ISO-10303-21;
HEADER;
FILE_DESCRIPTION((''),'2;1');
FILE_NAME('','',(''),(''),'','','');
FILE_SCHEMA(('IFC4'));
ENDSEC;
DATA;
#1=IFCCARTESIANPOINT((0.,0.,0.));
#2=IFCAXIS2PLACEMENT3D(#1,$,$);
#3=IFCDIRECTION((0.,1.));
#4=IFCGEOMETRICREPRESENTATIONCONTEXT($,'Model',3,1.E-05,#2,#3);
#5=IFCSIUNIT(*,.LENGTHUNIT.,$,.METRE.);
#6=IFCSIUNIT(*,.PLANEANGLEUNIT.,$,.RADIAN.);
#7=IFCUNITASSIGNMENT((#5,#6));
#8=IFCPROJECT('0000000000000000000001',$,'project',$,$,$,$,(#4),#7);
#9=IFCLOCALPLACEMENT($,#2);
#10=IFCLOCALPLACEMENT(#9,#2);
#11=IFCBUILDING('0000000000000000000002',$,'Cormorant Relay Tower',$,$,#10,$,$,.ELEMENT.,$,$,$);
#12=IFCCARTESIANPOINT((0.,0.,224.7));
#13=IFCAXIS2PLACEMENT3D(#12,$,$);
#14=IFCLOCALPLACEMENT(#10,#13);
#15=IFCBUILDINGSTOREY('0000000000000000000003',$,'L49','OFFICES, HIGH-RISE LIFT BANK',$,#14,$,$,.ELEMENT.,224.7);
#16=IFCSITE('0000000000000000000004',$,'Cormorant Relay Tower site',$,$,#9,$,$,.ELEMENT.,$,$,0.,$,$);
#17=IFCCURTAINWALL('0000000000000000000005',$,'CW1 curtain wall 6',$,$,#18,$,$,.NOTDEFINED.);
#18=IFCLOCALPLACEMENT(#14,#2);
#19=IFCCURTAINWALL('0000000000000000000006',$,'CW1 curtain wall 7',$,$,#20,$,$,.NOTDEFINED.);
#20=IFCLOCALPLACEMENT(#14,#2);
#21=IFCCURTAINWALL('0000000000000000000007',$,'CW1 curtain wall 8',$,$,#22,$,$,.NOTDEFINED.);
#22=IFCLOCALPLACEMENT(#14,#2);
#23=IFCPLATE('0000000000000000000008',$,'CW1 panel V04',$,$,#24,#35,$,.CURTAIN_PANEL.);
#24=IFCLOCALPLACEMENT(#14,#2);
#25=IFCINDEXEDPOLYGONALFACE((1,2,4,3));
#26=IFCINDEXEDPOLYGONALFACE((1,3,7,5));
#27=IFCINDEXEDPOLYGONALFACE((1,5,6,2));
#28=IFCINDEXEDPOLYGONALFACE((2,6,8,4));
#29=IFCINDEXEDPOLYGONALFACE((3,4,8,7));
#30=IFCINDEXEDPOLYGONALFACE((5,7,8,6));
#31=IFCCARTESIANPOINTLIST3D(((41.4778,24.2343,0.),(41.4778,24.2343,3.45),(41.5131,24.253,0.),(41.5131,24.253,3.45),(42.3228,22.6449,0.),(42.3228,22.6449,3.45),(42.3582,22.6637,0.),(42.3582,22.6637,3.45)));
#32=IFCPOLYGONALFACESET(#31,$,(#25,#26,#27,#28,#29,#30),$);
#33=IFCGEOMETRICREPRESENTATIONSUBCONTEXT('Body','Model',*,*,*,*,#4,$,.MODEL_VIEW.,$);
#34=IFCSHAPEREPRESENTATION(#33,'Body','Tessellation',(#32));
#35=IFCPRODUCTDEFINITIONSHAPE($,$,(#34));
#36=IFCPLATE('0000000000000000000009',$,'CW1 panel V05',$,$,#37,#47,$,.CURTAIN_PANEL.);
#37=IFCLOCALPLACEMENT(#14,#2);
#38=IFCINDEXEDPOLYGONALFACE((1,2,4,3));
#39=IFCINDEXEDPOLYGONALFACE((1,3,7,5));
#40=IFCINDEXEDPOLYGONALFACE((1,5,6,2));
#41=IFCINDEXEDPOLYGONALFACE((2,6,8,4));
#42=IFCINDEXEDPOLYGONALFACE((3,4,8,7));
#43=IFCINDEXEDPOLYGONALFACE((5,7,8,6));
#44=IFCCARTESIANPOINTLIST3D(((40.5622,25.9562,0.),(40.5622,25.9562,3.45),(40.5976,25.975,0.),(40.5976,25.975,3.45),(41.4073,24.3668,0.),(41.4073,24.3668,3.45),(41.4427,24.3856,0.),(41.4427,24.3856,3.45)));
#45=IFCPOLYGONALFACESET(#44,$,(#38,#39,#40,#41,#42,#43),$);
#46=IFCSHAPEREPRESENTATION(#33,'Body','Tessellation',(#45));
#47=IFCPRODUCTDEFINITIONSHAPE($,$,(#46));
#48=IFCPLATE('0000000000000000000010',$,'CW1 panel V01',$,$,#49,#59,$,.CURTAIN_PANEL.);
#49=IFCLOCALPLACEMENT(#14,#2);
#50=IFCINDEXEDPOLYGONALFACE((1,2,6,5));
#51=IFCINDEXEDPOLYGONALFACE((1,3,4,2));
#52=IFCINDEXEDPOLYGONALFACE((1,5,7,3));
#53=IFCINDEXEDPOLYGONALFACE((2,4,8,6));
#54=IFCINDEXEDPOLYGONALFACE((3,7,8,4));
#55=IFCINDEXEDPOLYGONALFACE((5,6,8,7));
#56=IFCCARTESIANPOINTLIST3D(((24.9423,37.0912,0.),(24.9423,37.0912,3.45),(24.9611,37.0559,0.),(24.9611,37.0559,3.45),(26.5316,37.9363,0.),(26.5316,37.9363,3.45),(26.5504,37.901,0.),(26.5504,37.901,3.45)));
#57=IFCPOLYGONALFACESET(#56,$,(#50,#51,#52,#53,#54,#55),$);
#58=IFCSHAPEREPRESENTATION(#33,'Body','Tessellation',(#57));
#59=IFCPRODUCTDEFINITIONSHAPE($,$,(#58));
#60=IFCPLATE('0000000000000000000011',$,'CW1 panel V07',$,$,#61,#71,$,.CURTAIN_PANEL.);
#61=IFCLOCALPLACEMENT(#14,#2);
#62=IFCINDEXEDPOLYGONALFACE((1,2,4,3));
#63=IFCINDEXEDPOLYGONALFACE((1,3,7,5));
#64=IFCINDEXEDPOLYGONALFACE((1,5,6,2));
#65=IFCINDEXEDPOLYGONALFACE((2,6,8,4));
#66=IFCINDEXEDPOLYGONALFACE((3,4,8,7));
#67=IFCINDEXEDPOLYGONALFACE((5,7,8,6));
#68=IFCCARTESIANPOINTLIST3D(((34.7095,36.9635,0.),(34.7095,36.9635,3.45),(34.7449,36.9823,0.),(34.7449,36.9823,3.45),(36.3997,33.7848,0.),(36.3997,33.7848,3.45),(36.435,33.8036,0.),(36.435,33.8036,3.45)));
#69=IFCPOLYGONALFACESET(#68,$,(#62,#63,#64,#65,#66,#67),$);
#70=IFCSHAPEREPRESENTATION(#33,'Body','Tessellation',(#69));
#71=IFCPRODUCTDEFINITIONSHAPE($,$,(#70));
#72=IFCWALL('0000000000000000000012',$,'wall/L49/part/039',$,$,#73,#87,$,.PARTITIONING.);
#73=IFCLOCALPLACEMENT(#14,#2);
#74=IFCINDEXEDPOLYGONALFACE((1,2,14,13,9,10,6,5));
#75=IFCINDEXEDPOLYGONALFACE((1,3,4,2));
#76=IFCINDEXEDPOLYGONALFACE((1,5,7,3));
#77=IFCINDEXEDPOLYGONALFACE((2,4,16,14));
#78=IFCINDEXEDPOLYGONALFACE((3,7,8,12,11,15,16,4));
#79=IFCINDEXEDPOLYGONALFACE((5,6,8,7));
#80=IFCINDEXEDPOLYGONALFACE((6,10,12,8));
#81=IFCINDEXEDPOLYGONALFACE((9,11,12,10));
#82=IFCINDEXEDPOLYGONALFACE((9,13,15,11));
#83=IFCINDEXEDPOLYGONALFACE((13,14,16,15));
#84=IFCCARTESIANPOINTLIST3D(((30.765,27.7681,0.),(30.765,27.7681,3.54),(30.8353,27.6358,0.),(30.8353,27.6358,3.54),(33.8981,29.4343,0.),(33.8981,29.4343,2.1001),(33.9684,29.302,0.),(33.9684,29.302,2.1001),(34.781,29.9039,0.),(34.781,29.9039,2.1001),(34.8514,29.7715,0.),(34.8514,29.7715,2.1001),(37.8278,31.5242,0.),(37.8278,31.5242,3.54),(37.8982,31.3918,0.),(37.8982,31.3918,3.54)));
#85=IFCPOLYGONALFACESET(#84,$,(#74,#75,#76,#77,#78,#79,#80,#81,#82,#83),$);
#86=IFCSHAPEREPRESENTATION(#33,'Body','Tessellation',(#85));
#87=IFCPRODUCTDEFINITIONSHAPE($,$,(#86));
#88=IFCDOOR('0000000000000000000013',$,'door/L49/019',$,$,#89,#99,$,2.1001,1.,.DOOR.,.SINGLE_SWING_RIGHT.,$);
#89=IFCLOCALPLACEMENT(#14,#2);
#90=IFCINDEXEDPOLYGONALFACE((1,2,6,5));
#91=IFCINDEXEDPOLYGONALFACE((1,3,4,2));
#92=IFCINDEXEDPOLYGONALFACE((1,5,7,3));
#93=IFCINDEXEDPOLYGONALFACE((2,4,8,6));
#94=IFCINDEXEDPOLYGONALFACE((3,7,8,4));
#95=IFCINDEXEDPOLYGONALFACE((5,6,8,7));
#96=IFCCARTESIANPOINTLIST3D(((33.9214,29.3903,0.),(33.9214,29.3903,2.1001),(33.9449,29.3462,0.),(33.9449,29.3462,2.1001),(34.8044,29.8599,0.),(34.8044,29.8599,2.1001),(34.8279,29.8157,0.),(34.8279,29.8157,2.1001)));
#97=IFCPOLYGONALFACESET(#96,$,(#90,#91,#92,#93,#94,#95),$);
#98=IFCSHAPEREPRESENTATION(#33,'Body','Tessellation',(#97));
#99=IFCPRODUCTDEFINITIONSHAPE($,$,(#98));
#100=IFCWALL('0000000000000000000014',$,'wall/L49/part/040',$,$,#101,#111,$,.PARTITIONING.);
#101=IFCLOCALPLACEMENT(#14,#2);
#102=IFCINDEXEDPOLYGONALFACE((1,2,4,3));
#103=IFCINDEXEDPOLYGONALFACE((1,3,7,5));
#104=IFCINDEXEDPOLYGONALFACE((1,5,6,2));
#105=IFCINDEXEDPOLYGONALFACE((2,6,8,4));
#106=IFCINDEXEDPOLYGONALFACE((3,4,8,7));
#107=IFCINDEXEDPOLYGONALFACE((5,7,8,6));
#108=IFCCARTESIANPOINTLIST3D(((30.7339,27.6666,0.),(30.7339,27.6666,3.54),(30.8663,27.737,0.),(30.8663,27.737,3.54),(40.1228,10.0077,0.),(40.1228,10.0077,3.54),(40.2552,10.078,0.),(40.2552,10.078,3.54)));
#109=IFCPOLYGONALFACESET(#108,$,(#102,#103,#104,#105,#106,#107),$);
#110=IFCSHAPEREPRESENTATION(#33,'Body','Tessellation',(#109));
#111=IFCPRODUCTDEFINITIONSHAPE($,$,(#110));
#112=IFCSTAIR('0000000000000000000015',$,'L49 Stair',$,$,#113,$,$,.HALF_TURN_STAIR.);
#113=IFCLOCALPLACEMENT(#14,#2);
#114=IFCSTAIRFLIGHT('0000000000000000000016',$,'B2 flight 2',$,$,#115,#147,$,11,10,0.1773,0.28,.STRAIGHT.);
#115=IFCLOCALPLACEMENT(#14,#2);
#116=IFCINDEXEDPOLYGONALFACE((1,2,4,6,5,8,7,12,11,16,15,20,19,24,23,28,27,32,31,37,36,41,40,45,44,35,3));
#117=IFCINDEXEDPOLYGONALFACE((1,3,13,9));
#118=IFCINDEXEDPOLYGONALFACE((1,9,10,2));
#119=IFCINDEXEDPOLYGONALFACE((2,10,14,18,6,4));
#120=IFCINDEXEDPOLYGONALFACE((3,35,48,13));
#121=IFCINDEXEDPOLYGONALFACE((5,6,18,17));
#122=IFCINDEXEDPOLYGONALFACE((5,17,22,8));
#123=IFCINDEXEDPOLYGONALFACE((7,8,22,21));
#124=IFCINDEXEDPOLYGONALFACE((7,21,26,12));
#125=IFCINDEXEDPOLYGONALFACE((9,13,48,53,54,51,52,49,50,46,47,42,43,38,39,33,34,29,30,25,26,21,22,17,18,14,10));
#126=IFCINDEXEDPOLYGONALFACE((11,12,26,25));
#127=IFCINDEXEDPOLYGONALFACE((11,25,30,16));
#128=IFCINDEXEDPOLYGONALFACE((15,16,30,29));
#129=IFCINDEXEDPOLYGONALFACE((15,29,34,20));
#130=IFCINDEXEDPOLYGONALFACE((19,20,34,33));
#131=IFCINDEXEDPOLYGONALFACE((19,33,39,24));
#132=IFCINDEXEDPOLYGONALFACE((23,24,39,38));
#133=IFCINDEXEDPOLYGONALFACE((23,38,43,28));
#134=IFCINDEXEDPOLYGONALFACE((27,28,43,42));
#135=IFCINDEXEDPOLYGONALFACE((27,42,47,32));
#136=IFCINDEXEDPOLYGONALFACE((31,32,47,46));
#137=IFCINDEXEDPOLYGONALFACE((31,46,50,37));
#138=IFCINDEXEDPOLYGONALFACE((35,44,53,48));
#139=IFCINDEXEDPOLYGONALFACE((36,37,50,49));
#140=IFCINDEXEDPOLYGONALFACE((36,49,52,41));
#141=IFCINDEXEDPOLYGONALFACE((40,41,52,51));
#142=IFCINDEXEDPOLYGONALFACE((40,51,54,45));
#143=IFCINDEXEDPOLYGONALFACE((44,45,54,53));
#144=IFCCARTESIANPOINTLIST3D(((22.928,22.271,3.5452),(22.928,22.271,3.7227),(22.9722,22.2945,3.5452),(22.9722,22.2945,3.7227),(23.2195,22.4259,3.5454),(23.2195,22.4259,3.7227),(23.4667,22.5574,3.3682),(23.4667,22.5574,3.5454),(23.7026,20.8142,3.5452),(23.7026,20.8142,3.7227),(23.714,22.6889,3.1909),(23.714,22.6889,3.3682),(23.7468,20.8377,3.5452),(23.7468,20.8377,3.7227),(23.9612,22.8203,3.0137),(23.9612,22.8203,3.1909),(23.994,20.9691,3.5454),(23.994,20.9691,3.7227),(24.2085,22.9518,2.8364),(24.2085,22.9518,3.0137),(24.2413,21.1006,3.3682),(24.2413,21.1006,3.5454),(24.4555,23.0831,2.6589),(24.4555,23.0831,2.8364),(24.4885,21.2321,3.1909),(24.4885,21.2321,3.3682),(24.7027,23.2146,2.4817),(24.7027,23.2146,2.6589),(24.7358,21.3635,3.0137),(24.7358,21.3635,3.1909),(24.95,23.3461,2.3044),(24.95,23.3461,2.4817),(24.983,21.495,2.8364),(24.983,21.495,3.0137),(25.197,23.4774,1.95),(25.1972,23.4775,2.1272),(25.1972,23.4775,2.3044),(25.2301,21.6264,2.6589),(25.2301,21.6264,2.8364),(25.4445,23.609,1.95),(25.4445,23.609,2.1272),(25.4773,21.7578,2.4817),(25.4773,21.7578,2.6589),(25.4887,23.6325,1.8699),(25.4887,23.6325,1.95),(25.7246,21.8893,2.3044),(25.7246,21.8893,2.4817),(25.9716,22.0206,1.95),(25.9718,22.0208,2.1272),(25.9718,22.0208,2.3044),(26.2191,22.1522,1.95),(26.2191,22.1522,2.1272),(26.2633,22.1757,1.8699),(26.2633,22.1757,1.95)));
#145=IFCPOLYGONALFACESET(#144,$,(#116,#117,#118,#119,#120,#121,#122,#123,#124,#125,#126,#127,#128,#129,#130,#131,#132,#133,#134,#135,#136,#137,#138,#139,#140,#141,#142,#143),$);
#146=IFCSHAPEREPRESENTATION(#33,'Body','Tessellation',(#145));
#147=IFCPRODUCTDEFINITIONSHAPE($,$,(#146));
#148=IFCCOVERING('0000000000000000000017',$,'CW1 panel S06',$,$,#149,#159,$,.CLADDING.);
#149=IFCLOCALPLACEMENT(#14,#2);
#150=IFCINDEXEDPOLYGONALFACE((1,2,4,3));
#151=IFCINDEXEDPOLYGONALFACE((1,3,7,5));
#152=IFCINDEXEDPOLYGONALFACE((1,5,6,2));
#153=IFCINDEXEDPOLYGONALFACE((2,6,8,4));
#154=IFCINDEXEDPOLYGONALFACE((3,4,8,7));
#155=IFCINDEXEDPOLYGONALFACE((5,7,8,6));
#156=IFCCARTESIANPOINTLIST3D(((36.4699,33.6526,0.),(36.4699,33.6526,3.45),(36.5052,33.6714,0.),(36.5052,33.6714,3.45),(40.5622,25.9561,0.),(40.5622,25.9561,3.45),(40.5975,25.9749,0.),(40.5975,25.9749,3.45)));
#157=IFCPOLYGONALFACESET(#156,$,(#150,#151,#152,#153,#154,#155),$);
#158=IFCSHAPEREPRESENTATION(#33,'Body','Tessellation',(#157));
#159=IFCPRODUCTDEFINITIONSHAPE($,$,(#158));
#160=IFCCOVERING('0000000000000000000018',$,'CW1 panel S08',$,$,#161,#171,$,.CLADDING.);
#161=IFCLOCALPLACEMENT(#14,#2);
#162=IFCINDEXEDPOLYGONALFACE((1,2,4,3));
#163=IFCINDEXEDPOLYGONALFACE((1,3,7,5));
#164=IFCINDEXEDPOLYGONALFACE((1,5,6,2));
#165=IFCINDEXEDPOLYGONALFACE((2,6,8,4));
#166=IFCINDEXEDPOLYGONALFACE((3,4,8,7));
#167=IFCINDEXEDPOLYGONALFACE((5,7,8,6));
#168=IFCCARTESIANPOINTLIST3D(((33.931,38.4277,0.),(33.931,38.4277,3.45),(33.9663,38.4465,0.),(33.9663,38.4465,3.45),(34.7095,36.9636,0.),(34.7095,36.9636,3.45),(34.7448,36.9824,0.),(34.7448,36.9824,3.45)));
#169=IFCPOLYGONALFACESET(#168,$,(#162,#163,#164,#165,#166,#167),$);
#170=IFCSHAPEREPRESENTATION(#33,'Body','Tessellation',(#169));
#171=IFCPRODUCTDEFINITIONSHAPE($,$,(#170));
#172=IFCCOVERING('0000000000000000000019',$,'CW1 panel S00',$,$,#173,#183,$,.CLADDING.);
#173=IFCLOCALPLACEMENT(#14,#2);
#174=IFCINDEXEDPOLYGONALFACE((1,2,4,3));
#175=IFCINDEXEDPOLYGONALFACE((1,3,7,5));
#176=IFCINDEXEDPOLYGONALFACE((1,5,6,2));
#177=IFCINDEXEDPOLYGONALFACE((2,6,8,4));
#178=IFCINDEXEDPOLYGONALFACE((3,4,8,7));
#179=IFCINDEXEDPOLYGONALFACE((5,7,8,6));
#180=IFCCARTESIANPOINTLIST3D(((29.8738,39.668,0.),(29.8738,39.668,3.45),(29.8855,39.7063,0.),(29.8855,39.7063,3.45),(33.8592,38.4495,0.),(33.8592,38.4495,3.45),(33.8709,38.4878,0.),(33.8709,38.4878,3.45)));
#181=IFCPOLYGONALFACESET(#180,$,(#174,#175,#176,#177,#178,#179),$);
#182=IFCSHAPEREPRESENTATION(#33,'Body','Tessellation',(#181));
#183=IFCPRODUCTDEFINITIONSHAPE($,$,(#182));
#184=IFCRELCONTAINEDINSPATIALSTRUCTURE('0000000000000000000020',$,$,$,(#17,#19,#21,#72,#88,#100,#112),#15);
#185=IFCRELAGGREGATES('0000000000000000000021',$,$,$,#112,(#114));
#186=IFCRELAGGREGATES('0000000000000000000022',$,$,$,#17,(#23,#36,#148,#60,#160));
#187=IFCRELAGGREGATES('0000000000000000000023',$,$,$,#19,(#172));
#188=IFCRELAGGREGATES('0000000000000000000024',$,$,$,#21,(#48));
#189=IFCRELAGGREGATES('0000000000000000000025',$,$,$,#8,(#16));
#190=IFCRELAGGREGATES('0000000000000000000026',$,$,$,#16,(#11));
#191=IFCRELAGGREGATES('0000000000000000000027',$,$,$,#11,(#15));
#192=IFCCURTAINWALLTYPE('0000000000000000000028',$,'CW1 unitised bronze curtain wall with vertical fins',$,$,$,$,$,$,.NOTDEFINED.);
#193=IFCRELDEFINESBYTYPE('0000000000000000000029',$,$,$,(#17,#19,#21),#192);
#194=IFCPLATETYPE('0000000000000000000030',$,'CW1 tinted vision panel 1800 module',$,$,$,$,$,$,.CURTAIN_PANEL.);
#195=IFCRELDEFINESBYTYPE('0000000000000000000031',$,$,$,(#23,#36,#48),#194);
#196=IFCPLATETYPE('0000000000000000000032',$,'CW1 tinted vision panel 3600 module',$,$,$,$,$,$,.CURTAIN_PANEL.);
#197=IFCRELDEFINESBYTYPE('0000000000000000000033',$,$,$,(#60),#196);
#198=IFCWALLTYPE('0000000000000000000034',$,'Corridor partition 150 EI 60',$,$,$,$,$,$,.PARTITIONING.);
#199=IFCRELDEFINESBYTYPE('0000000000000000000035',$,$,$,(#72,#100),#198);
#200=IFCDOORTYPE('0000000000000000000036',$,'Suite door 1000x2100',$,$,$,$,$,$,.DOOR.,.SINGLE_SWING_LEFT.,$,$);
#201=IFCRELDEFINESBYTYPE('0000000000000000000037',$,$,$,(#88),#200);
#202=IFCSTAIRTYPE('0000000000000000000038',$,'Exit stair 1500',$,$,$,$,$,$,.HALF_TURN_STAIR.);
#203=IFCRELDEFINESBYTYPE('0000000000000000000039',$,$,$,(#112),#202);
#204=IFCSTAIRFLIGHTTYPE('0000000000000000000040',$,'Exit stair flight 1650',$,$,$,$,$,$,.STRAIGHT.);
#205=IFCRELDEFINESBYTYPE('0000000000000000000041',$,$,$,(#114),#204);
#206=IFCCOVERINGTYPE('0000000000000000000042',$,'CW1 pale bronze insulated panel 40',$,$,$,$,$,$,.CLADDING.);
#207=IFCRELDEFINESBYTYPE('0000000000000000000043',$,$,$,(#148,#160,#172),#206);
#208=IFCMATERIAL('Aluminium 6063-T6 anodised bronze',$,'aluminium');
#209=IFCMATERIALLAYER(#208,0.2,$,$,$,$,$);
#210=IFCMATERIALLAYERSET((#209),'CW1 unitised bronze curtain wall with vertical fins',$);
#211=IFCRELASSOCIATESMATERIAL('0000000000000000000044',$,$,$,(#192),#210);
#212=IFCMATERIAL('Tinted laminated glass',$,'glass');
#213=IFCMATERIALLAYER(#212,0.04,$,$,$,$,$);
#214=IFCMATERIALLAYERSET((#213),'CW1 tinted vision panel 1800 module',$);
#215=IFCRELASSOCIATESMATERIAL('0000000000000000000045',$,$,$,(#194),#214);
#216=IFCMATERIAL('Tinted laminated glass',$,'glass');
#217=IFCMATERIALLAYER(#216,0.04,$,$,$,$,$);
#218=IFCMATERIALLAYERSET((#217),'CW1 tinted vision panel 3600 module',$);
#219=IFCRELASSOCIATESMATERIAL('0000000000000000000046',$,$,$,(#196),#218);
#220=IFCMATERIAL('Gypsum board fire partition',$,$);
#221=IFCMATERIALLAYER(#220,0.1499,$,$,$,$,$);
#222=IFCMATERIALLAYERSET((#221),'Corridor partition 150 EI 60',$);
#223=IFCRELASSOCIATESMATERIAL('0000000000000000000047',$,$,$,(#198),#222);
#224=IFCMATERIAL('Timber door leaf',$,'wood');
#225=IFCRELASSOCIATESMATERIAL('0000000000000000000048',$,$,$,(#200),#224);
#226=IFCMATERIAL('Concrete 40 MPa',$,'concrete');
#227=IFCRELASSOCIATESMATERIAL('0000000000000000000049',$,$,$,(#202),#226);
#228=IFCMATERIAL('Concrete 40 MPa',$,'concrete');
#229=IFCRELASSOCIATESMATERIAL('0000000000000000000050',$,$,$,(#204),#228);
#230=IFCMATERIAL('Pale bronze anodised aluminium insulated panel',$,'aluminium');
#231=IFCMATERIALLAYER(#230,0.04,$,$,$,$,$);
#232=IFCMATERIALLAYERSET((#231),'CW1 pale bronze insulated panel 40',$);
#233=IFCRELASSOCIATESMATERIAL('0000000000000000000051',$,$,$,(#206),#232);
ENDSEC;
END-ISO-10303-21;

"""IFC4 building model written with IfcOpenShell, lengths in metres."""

from ifc_helpers import new_model, si_unit, direction, frame, frame_2d, origin, origin_2d, place, context, subcontext, project, spatial, polyline, rectangle, outline, extrude, material, layer, layer_set, type_object, element, fill, aggregate, save


model = new_model("IFC4")

# Units and contexts
model_context = context("Model", 3, precision=1e-05, world=origin(), true_north=direction((0.0, 1.0)))
body_context = subcontext(model_context, "Body", "Model", "MODEL_VIEW")
ifc_project = project(units=[si_unit("LENGTHUNIT", "METRE"), si_unit("PLANEANGLEUNIT", "RADIAN")], contexts=[model_context])

# Site, building, storey
site_placement = place(None, origin())
site = spatial("IfcSite", under=ifc_project, at=site_placement, Name="Cormorant Relay Tower site", CompositionType="ELEMENT", RefElevation=0.0)
building_placement = place(site_placement, origin())
building = spatial("IfcBuilding", under=site, at=building_placement, Name="Cormorant Relay Tower", CompositionType="ELEMENT")
storey_placement = place(building_placement, frame((0.0, 0.0, 224.7)))
storey = spatial("IfcBuildingStorey", under=building, at=storey_placement, Name="L49", Description="OFFICES, HIGH-RISE LIFT BANK", CompositionType="ELEMENT", Elevation=224.7)

# Curtain wall
ifc_material_1 = material(Name="Aluminium 6063-T6 anodised bronze", Category="aluminium")
ifc_layer_1 = layer(ifc_material_1, 0.2)
ifc_layer_set_1 = layer_set([ifc_layer_1], Name="CW1 unitised bronze curtain wall with vertical fins")
curtain_wall_type = type_object("IfcCurtainWallType", Name="CW1 unitised bronze curtain wall with vertical fins", PredefinedType="NOTDEFINED", material=ifc_layer_set_1)
curtain_wall_1_placement = place(storey_placement, origin())
curtain_wall_1 = element("IfcCurtainWall", 1, at=curtain_wall_1_placement, inside=storey, type_object=curtain_wall_type, Name="CW1 curtain wall 6", PredefinedType="NOTDEFINED")

# Curtain walls
curtain_wall_2_placement = place(storey_placement, origin())
curtain_wall_2 = element("IfcCurtainWall", 2, at=curtain_wall_2_placement, inside=storey, type_object=curtain_wall_type, Name="CW1 curtain wall 7", PredefinedType="NOTDEFINED")
curtain_wall_3_placement = place(storey_placement, origin())
curtain_wall_3 = element("IfcCurtainWall", 3, at=curtain_wall_3_placement, inside=storey, type_object=curtain_wall_type, Name="CW1 curtain wall 8", PredefinedType="NOTDEFINED")

# Plates
ifc_material_2 = material(Name="Tinted laminated glass", Category="glass")
ifc_layer_2 = layer(ifc_material_2, 0.04)
ifc_layer_set_2 = layer_set([ifc_layer_2], Name="CW1 tinted vision panel 1800 module")
plate_type_1 = type_object("IfcPlateType", Name="CW1 tinted vision panel 1800 module", PredefinedType="CURTAIN_PANEL", material=ifc_layer_set_2)
plate_1_placement = place(storey_placement, frame((41.918, 23.449, 0.0), z_axis=(0.0, 0.0, 1.0), x_axis=(-0.469472, 0.882948, 0.0)))
plate_1 = element("IfcPlate", 4, at=plate_1_placement, type_object=plate_type_1, Name="CW1 panel V04", PredefinedType="CURTAIN_PANEL", context=body_context, shape_type="SweptSolid", body=[
    extrude(rectangle(XDim=1.8, YDim=0.04, at=origin_2d()), origin(), (0.0, 0.0, 1.0), 3.45),
])
plate_2_placement = place(storey_placement, frame((41.0024, 25.1709, 0.0), z_axis=(0.0, 0.0, 1.0), x_axis=(-0.469472, 0.882948, 0.0)))
plate_2 = element("IfcPlate", 5, at=plate_2_placement, type_object=plate_type_1, Name="CW1 panel V05", PredefinedType="CURTAIN_PANEL", context=body_context, shape_type="SweptSolid", body=[
    extrude(rectangle(XDim=1.8, YDim=0.04, at=origin_2d()), origin(), (0.0, 0.0, 1.0), 3.45),
])
plate_3_placement = place(storey_placement, frame((25.7463, 37.4961, 0.0), z_axis=(0.0, 0.0, 1.0), x_axis=(-0.882948, -0.469472, 0.0)))
plate_3 = element("IfcPlate", 6, at=plate_3_placement, type_object=plate_type_1, Name="CW1 panel V01", PredefinedType="CURTAIN_PANEL", context=body_context, shape_type="SweptSolid", body=[
    extrude(rectangle(XDim=1.8, YDim=0.04, at=origin_2d()), origin(), (0.0, 0.0, 1.0), 3.45),
])
ifc_material_3 = material(Name="Tinted laminated glass", Category="glass")
ifc_layer_3 = layer(ifc_material_3, 0.04)
ifc_layer_set_3 = layer_set([ifc_layer_3], Name="CW1 tinted vision panel 3600 module")
plate_type_2 = type_object("IfcPlateType", Name="CW1 tinted vision panel 3600 module", PredefinedType="CURTAIN_PANEL", material=ifc_layer_set_3)
plate_4_placement = place(storey_placement, frame((35.5723, 35.3835, 0.0), z_axis=(0.0, 0.0, 1.0), x_axis=(-0.469472, 0.882948, 0.0)))
plate_4 = element("IfcPlate", 7, at=plate_4_placement, type_object=plate_type_2, Name="CW1 panel V07", PredefinedType="CURTAIN_PANEL", context=body_context, shape_type="SweptSolid", body=[
    extrude(rectangle(XDim=3.6001, YDim=0.04, at=origin_2d()), origin(), (0.0, 0.0, 1.0), 3.45),
])

# Wall, opening, door
ifc_material_4 = material(Name="Gypsum board fire partition")
ifc_layer_4 = layer(ifc_material_4, 0.1499)
ifc_layer_set_4 = layer_set([ifc_layer_4], Name="Corridor partition 150 EI 60")
wall_type = type_object("IfcWallType", Name="Corridor partition 150 EI 60", PredefinedType="PARTITIONING", material=ifc_layer_set_4)
wall_1_placement = place(storey_placement, frame((37.863, 31.458, 0.0), z_axis=(0.0, 0.0, 1.0), x_axis=(-0.882914, -0.469535, 0.0)))
wall_1 = element("IfcWall", 8, at=wall_1_placement, inside=storey, type_object=wall_type, Name="wall/L49/part/039", PredefinedType="PARTITIONING", context=body_context, shape_type="SweptSolid", body=[
    extrude(rectangle(XDim=7.9995, YDim=0.1499, at=frame_2d((3.9998, 0.0))), origin(), (0.0, 0.0, 1.0), 3.54),
])
opening_placement = place(wall_1_placement, frame((3.4509, 0.0, 0.0)))
opening = element("IfcOpeningElement", 9, at=opening_placement, cuts=wall_1, PredefinedType="OPENING", context=body_context, shape_type="SweptSolid", body=[
    extrude(rectangle(XDim=1.0, YDim=2.1001, at=frame_2d((0.5, 1.05))), frame((0.0, 0.085, 0.0), z_axis=(0.0, -1.0, 0.0), x_axis=(1.0, 0.0, 0.0)), (0.0, 0.0, 1.0), 0.1699),
])
ifc_material_5 = material(Name="Timber door leaf", Category="wood")
door_type = type_object("IfcDoorType", Name="Suite door 1000x2100", OperationType="SINGLE_SWING_LEFT", PredefinedType="DOOR", material=ifc_material_5)
door_placement = place(opening_placement, origin())
door = element("IfcDoor", 10, at=door_placement, inside=storey, type_object=door_type, Name="door/L49/019", OperationType="SINGLE_SWING_RIGHT", OverallHeight=2.1001, OverallWidth=1.0, PredefinedType="DOOR", context=body_context, shape_type="SweptSolid", body=[
    extrude(rectangle(XDim=1.0, YDim=2.1001, at=frame_2d((0.5, 1.05))), frame((0.0, 0.0249, 0.0), z_axis=(0.0, -1.0, 0.0), x_axis=(1.0, 0.0, 0.0)), (0.0, 0.0, 1.0), 0.05),
])
fill(opening, door)

# Wall
wall_2_placement = place(storey_placement, frame((30.8, 27.7019, 0.0), z_axis=(0.0, 0.0, 1.0), x_axis=(0.469452, -0.882958, 0.0)))
element("IfcWall", 11, at=wall_2_placement, inside=storey, type_object=wall_type, Name="wall/L49/part/040", PredefinedType="PARTITIONING", context=body_context, shape_type="SweptSolid", body=[
    extrude(rectangle(XDim=19.9998, YDim=0.1499, at=frame_2d((10.0, 0.0))), origin(), (0.0, 0.0, 1.0), 3.54),
])

# Stair, stair flight
ifc_material_6 = material(Name="Concrete 40 MPa", Category="concrete")
stair_type = type_object("IfcStairType", Name="Exit stair 1500", PredefinedType="HALF_TURN_STAIR", material=ifc_material_6)
stair_placement = place(storey_placement, origin())
stair = element("IfcStair", 12, at=stair_placement, inside=storey, type_object=stair_type, Name="L49 Stair", PredefinedType="HALF_TURN_STAIR")
ifc_material_7 = material(Name="Concrete 40 MPa", Category="concrete")
stair_flight_type = type_object("IfcStairFlightType", Name="Exit stair flight 1650", PredefinedType="STRAIGHT", material=ifc_material_7)
stair_flight_placement = place(storey_placement, frame((25.8318, 22.8806, 1.95), z_axis=(0.0, 0.0, 1.0), x_axis=(-0.882948, -0.469472, 0.0)))
stair_flight = element("IfcStairFlight", 13, at=stair_flight_placement, type_object=stair_flight_type, Name="B2 flight 2", NumberOfRisers=11, NumberOfTreads=10, PredefinedType="STRAIGHT", RiserHeight=0.1773, TreadLength=0.28, context=body_context, shape_type="SweptSolid", body=[
    extrude(outline(polyline([(-0.05, -0.0801), (-0.05, 0.0), (0.0, 0.0), (0.0, 0.1772), (0.28, 0.1772), (0.28, 0.3545), (0.5601, 0.3545), (0.5601, 0.5317), (0.8401, 0.5317), (0.8401, 0.709), (1.1201, 0.709), (1.1201, 0.8865), (1.3999, 0.8865), (1.3999, 1.0637), (1.6799, 1.0637), (1.6799, 1.241), (1.96, 1.241), (1.96, 1.4182), (2.24, 1.4182), (2.24, 1.5955), (2.52, 1.5955), (2.52, 1.7727), (2.8, 1.7727), (2.8501, 1.7727), (2.8501, 1.5952), (2.8, 1.5952), (0.2803, 0.0), (-0.05, -0.0801)])), frame((0.0, 0.825, 0.0), z_axis=(0.0, -1.0, 0.0), x_axis=(1.0, 0.0, 0.0)), (0.0, 0.0, 1.0), 1.6499),
])
aggregate(stair, [stair_flight])

# Coverings
ifc_material_8 = material(Name="Pale bronze anodised aluminium insulated panel", Category="aluminium")
ifc_layer_5 = layer(ifc_material_8, 0.04)
ifc_layer_set_5 = layer_set([ifc_layer_5], Name="CW1 pale bronze insulated panel 40")
covering_type = type_object("IfcCoveringType", Name="CW1 pale bronze insulated panel 40", PredefinedType="CLADDING", material=ifc_layer_set_5)
covering_1_placement = place(storey_placement, frame((38.5337, 29.8137, 0.0), z_axis=(0.0, 0.0, 1.0), x_axis=(-0.469472, 0.882948, 0.0)))
covering_1 = element("IfcCovering", 14, at=covering_1_placement, type_object=covering_type, Name="CW1 panel S06", PredefinedType="CLADDING", context=body_context, shape_type="SweptSolid", body=[
    extrude(rectangle(XDim=8.7168, YDim=0.04, at=origin_2d()), origin(), (0.0, 0.0, 1.0), 3.45),
])
covering_2_placement = place(storey_placement, frame((34.3379, 37.7051, 0.0), z_axis=(0.0, 0.0, 1.0), x_axis=(-0.469472, 0.882948, 0.0)))
covering_2 = element("IfcCovering", 15, at=covering_2_placement, type_object=covering_type, Name="CW1 panel S08", PredefinedType="CLADDING", context=body_context, shape_type="SweptSolid", body=[
    extrude(rectangle(XDim=1.6582, YDim=0.04, at=origin_2d()), origin(), (0.0, 0.0, 1.0), 3.45),
])
aggregate(curtain_wall_1, [plate_1, plate_2, covering_1, plate_4, covering_2])
covering_3_placement = place(storey_placement, frame((31.8723, 39.0779, 0.0), z_axis=(0.0, 0.0, 1.0), x_axis=(-0.956305, 0.292372, 0.0)))
covering_3 = element("IfcCovering", 16, at=covering_3_placement, type_object=covering_type, Name="CW1 panel S00", PredefinedType="CLADDING", context=body_context, shape_type="SweptSolid", body=[
    extrude(rectangle(XDim=4.1675, YDim=0.04, at=origin_2d()), origin(), (0.0, 0.0, 1.0), 3.45),
])
aggregate(curtain_wall_2, [covering_3])
aggregate(curtain_wall_3, [plate_3])

save(model, "model.ifc")
